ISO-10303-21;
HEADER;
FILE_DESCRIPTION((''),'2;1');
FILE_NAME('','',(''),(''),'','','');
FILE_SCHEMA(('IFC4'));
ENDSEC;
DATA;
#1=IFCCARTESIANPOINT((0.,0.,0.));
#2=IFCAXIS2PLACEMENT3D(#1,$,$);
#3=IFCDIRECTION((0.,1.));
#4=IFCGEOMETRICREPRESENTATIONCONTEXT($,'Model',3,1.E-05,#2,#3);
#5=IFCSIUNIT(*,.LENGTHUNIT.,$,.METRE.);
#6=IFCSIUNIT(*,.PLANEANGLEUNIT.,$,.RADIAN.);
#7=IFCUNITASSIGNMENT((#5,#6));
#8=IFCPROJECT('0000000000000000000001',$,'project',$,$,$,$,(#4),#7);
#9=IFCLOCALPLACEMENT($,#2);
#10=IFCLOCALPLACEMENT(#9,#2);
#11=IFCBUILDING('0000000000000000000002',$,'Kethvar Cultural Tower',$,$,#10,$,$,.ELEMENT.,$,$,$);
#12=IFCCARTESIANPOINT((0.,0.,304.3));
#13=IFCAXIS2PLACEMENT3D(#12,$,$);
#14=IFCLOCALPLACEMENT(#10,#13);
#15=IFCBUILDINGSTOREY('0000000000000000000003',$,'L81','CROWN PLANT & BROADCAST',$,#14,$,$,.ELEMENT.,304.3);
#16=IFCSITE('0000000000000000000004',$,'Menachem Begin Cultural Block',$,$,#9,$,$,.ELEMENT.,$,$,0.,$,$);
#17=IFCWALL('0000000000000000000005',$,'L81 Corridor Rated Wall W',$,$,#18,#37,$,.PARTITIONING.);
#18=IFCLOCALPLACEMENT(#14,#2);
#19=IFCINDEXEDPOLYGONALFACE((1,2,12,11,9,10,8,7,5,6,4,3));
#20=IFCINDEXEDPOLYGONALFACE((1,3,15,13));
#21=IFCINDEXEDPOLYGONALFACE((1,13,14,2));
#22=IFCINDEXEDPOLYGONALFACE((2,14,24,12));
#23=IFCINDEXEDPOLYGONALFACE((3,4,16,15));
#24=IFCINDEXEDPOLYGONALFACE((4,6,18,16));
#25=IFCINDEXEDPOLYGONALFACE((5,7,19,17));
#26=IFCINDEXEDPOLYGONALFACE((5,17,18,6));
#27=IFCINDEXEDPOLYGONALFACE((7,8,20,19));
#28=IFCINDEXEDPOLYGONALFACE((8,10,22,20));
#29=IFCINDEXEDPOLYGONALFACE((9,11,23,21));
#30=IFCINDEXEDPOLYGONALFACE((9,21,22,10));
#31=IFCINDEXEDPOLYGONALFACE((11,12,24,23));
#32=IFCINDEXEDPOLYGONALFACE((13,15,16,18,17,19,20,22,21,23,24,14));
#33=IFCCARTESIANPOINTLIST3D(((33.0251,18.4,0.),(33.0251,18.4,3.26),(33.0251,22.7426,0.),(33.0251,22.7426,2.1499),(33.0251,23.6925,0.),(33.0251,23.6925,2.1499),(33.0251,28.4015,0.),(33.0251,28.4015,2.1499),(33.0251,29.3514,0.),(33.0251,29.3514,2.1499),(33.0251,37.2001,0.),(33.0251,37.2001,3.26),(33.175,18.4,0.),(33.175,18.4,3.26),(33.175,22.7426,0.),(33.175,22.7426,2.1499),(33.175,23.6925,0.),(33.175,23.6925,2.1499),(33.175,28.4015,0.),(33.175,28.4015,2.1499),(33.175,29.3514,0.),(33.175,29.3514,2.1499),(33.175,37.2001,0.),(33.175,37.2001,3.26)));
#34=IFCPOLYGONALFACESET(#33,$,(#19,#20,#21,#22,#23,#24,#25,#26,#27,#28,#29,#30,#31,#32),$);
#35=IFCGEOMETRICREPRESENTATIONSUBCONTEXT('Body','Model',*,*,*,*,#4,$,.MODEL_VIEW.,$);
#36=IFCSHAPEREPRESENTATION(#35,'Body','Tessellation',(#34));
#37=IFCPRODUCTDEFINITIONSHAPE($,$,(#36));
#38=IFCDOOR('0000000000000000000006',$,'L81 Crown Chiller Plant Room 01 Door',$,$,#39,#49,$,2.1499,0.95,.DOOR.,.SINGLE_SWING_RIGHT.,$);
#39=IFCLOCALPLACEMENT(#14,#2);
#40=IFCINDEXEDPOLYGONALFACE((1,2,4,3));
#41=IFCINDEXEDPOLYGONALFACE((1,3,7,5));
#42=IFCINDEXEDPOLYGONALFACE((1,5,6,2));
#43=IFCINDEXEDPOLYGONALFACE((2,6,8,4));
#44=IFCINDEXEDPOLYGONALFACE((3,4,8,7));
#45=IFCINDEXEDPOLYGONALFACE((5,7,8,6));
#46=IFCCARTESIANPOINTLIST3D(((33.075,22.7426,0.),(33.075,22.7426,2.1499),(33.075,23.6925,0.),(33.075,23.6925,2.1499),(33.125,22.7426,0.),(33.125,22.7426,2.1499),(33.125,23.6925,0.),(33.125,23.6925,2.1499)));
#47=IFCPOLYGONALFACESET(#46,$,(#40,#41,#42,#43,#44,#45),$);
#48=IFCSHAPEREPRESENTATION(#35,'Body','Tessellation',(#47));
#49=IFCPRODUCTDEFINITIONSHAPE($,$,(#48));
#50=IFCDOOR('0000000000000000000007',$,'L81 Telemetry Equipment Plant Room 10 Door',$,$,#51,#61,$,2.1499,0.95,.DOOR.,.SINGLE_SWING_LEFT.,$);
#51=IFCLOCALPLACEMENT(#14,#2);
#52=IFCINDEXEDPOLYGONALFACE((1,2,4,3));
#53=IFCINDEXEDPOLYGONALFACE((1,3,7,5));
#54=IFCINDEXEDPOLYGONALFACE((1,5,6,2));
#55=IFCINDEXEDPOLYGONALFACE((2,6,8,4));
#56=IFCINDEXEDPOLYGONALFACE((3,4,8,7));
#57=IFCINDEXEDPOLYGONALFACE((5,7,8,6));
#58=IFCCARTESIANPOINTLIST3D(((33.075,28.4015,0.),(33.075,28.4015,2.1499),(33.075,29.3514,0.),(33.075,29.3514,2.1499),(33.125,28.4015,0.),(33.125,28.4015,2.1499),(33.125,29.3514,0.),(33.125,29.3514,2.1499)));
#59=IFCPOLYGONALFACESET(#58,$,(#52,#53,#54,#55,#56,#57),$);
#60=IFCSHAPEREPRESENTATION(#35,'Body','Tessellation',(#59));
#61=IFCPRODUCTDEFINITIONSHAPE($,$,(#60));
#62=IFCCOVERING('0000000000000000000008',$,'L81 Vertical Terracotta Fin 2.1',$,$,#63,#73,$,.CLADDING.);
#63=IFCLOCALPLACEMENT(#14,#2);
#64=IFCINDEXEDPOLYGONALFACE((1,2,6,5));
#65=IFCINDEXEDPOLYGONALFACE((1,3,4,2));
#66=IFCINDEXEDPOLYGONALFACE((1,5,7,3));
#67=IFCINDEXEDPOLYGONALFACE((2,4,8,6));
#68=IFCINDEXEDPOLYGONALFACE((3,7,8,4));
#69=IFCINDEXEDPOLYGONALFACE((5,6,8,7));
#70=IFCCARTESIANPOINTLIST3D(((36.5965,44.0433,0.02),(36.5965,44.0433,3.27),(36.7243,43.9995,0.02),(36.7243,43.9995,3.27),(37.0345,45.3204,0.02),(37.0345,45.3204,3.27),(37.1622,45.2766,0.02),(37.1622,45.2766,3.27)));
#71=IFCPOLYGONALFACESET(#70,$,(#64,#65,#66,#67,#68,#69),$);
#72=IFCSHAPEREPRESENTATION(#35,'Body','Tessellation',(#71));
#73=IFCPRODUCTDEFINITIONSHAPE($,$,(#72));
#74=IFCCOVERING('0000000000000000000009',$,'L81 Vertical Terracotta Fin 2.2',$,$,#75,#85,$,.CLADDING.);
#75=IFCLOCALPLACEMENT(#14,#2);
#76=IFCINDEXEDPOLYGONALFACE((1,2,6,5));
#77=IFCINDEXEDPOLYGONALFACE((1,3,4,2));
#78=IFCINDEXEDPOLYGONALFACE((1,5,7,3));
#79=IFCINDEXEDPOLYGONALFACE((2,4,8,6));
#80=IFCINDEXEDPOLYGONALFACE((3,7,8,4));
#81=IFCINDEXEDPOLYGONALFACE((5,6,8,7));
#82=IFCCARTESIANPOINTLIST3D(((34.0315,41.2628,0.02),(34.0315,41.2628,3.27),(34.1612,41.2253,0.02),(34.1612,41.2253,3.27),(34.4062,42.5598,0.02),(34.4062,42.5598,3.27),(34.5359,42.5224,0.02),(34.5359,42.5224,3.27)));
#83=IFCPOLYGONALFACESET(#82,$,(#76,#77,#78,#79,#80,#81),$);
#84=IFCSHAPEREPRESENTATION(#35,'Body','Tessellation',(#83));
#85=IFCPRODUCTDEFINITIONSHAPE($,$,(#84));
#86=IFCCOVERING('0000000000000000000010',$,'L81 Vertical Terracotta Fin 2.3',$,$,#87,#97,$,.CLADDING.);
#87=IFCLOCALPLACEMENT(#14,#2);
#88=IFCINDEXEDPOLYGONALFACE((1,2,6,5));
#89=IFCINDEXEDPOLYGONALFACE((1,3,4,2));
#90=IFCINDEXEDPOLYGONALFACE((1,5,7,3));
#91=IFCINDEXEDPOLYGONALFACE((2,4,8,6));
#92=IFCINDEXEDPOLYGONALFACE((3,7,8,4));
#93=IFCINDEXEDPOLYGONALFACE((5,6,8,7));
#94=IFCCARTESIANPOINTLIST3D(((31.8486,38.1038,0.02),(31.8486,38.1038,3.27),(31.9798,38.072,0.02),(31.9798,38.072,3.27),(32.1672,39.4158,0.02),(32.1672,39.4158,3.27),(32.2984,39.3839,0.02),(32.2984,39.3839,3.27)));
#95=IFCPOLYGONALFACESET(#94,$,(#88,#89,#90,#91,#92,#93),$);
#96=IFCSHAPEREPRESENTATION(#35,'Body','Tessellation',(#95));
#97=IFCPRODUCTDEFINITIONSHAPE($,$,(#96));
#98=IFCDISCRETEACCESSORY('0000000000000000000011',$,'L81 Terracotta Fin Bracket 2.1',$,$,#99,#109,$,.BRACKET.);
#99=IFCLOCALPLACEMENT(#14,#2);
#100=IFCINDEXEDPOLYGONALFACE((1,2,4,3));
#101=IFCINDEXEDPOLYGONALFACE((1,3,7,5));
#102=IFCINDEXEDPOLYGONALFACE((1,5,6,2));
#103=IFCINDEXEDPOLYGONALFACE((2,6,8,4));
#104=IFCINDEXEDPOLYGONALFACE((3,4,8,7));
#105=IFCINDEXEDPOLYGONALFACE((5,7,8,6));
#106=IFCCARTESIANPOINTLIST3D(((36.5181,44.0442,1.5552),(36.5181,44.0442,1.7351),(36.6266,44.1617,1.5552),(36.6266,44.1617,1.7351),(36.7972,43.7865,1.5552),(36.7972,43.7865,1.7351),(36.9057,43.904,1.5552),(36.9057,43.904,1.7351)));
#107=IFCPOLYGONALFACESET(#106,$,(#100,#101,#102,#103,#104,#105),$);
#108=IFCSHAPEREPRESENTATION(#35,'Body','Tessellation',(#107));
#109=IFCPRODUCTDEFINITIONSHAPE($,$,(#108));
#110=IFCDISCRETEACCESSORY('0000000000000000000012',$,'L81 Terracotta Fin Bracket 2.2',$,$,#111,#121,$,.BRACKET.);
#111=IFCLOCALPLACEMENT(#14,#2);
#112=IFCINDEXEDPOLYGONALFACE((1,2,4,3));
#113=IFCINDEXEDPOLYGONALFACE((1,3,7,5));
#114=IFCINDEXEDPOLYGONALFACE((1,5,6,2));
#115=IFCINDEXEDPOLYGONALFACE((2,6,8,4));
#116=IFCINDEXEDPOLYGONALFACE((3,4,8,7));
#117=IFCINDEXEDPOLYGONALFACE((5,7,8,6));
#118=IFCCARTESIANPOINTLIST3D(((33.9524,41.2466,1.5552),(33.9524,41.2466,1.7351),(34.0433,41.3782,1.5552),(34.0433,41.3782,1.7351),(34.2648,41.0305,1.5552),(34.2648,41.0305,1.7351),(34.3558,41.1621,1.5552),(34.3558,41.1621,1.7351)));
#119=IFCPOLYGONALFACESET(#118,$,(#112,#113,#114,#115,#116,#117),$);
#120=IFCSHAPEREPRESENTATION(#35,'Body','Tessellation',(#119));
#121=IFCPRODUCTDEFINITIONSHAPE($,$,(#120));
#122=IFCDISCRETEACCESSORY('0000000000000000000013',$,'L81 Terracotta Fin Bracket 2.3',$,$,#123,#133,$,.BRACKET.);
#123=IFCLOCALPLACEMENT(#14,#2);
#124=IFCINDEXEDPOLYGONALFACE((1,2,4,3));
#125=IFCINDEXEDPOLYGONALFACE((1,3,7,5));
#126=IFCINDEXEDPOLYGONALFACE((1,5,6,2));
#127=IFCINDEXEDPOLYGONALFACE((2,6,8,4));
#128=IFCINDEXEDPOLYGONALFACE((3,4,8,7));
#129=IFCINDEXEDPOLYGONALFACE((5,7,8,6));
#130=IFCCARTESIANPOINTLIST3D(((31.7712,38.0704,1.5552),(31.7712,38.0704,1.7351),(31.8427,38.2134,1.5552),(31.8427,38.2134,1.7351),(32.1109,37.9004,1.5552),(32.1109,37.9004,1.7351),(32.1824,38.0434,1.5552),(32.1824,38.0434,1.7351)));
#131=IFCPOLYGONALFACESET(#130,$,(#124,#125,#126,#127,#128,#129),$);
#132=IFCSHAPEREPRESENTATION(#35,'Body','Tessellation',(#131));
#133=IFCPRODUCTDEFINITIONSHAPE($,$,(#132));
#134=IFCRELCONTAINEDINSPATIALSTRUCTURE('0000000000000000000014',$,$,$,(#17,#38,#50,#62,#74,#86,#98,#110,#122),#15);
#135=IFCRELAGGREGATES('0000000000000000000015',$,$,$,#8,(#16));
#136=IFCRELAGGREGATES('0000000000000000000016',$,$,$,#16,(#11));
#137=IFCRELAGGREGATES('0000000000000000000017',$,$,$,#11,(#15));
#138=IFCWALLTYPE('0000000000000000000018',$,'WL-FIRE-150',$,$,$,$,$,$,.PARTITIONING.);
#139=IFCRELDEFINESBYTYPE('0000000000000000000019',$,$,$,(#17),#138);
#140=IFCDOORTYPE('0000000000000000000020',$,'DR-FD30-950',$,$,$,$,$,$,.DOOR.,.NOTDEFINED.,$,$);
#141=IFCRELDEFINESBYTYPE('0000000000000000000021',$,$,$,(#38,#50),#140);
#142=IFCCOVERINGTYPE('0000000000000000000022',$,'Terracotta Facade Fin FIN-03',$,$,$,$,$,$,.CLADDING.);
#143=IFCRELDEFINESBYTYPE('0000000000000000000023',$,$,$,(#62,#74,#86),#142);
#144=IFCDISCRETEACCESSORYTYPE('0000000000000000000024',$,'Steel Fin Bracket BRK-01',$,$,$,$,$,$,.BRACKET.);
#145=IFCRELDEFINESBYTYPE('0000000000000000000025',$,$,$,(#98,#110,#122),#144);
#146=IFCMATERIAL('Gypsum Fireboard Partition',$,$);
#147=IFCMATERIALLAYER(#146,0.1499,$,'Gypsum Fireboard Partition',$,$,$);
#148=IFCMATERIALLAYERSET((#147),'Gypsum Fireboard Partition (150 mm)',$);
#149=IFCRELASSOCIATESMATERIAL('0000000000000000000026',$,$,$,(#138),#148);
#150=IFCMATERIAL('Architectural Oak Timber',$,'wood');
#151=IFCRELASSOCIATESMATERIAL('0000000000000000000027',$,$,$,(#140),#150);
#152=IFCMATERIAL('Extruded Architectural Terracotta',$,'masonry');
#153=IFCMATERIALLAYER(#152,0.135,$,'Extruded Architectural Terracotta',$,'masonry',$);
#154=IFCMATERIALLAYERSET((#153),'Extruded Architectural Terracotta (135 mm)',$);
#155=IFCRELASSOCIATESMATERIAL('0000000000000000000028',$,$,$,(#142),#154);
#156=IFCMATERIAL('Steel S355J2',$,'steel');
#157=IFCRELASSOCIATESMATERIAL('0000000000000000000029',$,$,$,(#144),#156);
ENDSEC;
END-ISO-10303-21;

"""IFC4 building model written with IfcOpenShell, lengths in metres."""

from ifc_helpers import new_model, si_unit, direction, frame, frame_2d, origin, origin_2d, place, context, subcontext, project, spatial, rectangle, extrude, source, transform, mapped, material, layer, layer_set, type_object, element, fill, save


model = new_model("IFC4")

# Units and contexts
model_context = context("Model", 3, precision=1e-05, world=origin(), true_north=direction((0.0, 1.0)))
body_context = subcontext(model_context, "Body", "Model", "MODEL_VIEW")
ifc_project = project(units=[si_unit("LENGTHUNIT", "METRE"), si_unit("PLANEANGLEUNIT", "RADIAN")], contexts=[model_context])

# Site, building, storey
site_placement = place(None, origin())
site = spatial("IfcSite", under=ifc_project, at=site_placement, Name="Menachem Begin Cultural Block", CompositionType="ELEMENT", RefElevation=0.0)
building_placement = place(site_placement, origin())
building = spatial("IfcBuilding", under=site, at=building_placement, Name="Kethvar Cultural Tower", CompositionType="ELEMENT")
storey_placement = place(building_placement, frame((0.0, 0.0, 304.3)))
storey = spatial("IfcBuildingStorey", under=building, at=storey_placement, Name="L81", Description="CROWN PLANT & BROADCAST", CompositionType="ELEMENT", Elevation=304.3)

# Shared definitions
ifc_material_1 = material(Name="Steel S355J2", Category="steel")

# Wall, openings, doors
ifc_material_2 = material(Name="Gypsum Fireboard Partition")
ifc_layer_1 = layer(ifc_material_2, 0.1499, Name="Gypsum Fireboard Partition")
ifc_layer_set_1 = layer_set([ifc_layer_1], Name="Gypsum Fireboard Partition (150 mm)")
wall_type = type_object("IfcWallType", Name="WL-FIRE-150", PredefinedType="PARTITIONING", material=ifc_layer_set_1)
wall_placement = place(storey_placement, frame((33.1001, 37.2, 0.0), z_axis=(0.0, 0.0, 1.0), x_axis=(0.0, -1.0, 0.0)))
wall = element("IfcWall", 1, at=wall_placement, inside=storey, type_object=wall_type, Name="L81 Corridor Rated Wall W", PredefinedType="PARTITIONING", context=body_context, shape_type="SweptSolid", body=[
    extrude(rectangle(XDim=18.8, YDim=0.1499, at=frame_2d((9.3999, 0.0))), origin(), (0.0, 0.0, 1.0), 3.26),
])
opening_1_placement = place(wall_placement, frame((13.5073, 0.0, 0.0)))
opening_1 = element("IfcOpeningElement", 2, at=opening_1_placement, cuts=wall, PredefinedType="OPENING", context=body_context, shape_type="SweptSolid", body=[
    extrude(rectangle(XDim=0.95, YDim=2.1499, at=frame_2d((0.4751, 1.075))), frame((0.0, 0.085, 0.0), z_axis=(0.0, -1.0, 0.0), x_axis=(1.0, 0.0, 0.0)), (0.0, 0.0, 1.0), 0.1699),
])
opening_2_placement = place(wall_placement, frame((7.8484, 0.0, 0.0)))
opening_2 = element("IfcOpeningElement", 3, at=opening_2_placement, cuts=wall, PredefinedType="OPENING", context=body_context, shape_type="SweptSolid", body=[
    extrude(rectangle(XDim=0.95, YDim=2.1499, at=frame_2d((0.4751, 1.075))), frame((0.0, 0.085, 0.0), z_axis=(0.0, -1.0, 0.0), x_axis=(1.0, 0.0, 0.0)), (0.0, 0.0, 1.0), 0.1699),
])
ifc_material_3 = material(Name="Architectural Oak Timber", Category="wood")
door_type = type_object("IfcDoorType", Name="DR-FD30-950", OperationType="NOTDEFINED", PredefinedType="DOOR", material=ifc_material_3)
shared_shape_1 = source(origin(), body_context, "Body", "SweptSolid", [
    extrude(rectangle(XDim=0.95, YDim=2.1499, at=frame_2d((0.4751, 1.075))), frame((0.0, 0.0249, 0.0), z_axis=(0.0, -1.0, 0.0), x_axis=(1.0, 0.0, 0.0)), (0.0, 0.0, 1.0), 0.05),
])
door_1_placement = place(opening_1_placement, origin())
door_1 = element("IfcDoor", 4, at=door_1_placement, inside=storey, type_object=door_type, Name="L81 Crown Chiller Plant Room 01 Door", OperationType="SINGLE_SWING_RIGHT", OverallHeight=2.1499, OverallWidth=0.95, PredefinedType="DOOR", context=body_context, shape_type="MappedRepresentation", body=[
    mapped(shared_shape_1, transform((0.0, 0.0, 0.0), scale=1.0)),
])
fill(opening_1, door_1)
door_2_placement = place(opening_2_placement, origin())
door_2 = element("IfcDoor", 5, at=door_2_placement, inside=storey, type_object=door_type, Name="L81 Telemetry Equipment Plant Room 10 Door", OperationType="SINGLE_SWING_LEFT", OverallHeight=2.1499, OverallWidth=0.95, PredefinedType="DOOR", context=body_context, shape_type="MappedRepresentation", body=[
    mapped(shared_shape_1, transform((0.0, 0.0, 0.0), scale=1.0)),
])
fill(opening_2, door_2)

# Coverings
ifc_material_4 = material(Name="Extruded Architectural Terracotta", Category="masonry")
ifc_layer_2 = layer(ifc_material_4, 0.135, Name="Extruded Architectural Terracotta", Category="masonry")
ifc_layer_set_2 = layer_set([ifc_layer_2], Name="Extruded Architectural Terracotta (135 mm)")
covering_type = type_object("IfcCoveringType", Name="Terracotta Facade Fin FIN-03", PredefinedType="CLADDING", material=ifc_layer_set_2)
shared_shape_2 = source(origin(), body_context, "Body", "SweptSolid", [
    extrude(rectangle(XDim=1.3501, YDim=0.135, at=origin_2d()), origin(), (0.0, 0.0, 1.0), 3.25),
])
for number, where, z_axis, x_axis, name in (
    (6, (36.8794, 44.6599, 0.02), (0.0, 0.0, 1.0), (0.324413, 0.945916, 0.0), "L81 Vertical Terracotta Fin 2.1"),
    (7, (34.2837, 41.8926, 0.02), (0.0, 0.0, 1.0), (0.277482, 0.960731, 0.0), "L81 Vertical Terracotta Fin 2.2"),
    (8, (32.0735, 38.7439, 0.02), (0.0, 0.0, 1.0), (0.23599, 0.971755, 0.0), "L81 Vertical Terracotta Fin 2.3"),
):
    element("IfcCovering", number, at=place(storey_placement, frame(where, z_axis=z_axis, x_axis=x_axis)), inside=storey, type_object=covering_type, Name=name, PredefinedType="CLADDING", context=body_context, shape_type="MappedRepresentation", body=[
        mapped(shared_shape_2, transform((0.0, 0.0, 0.0), scale=1.0)),
    ])

# Discrete accessories
discrete_accessory_type = type_object("IfcDiscreteAccessoryType", Name="Steel Fin Bracket BRK-01", PredefinedType="BRACKET", material=ifc_material_1)
shared_shape_3 = source(origin(), body_context, "Body", "SweptSolid", [
    extrude(rectangle(XDim=0.3799, YDim=0.1599, at=origin_2d()), origin(), (0.0, 0.0, 1.0), 0.1799),
])
for number, where, z_axis, x_axis, name in (
    (9, (36.7119, 43.9741, 1.5552), (0.0, 0.0, 1.0), (-0.734678, 0.678416, 0.0), "L81 Terracotta Fin Bracket 2.1"),
    (10, (34.1541, 41.2043, 1.5552), (0.0, 0.0, 1.0), (-0.822442, 0.568849, 0.0), "L81 Terracotta Fin Bracket 2.2"),
    (11, (31.9768, 38.0569, 1.5552), (0.0, 0.0, 1.0), (-0.894232, 0.447603, 0.0), "L81 Terracotta Fin Bracket 2.3"),
):
    element("IfcDiscreteAccessory", number, at=place(storey_placement, frame(where, z_axis=z_axis, x_axis=x_axis)), inside=storey, type_object=discrete_accessory_type, Name=name, PredefinedType="BRACKET", context=body_context, shape_type="MappedRepresentation", body=[
        mapped(shared_shape_3, transform((0.0, 0.0, 0.0), scale=1.0)),
    ])

save(model, "model.ifc")
